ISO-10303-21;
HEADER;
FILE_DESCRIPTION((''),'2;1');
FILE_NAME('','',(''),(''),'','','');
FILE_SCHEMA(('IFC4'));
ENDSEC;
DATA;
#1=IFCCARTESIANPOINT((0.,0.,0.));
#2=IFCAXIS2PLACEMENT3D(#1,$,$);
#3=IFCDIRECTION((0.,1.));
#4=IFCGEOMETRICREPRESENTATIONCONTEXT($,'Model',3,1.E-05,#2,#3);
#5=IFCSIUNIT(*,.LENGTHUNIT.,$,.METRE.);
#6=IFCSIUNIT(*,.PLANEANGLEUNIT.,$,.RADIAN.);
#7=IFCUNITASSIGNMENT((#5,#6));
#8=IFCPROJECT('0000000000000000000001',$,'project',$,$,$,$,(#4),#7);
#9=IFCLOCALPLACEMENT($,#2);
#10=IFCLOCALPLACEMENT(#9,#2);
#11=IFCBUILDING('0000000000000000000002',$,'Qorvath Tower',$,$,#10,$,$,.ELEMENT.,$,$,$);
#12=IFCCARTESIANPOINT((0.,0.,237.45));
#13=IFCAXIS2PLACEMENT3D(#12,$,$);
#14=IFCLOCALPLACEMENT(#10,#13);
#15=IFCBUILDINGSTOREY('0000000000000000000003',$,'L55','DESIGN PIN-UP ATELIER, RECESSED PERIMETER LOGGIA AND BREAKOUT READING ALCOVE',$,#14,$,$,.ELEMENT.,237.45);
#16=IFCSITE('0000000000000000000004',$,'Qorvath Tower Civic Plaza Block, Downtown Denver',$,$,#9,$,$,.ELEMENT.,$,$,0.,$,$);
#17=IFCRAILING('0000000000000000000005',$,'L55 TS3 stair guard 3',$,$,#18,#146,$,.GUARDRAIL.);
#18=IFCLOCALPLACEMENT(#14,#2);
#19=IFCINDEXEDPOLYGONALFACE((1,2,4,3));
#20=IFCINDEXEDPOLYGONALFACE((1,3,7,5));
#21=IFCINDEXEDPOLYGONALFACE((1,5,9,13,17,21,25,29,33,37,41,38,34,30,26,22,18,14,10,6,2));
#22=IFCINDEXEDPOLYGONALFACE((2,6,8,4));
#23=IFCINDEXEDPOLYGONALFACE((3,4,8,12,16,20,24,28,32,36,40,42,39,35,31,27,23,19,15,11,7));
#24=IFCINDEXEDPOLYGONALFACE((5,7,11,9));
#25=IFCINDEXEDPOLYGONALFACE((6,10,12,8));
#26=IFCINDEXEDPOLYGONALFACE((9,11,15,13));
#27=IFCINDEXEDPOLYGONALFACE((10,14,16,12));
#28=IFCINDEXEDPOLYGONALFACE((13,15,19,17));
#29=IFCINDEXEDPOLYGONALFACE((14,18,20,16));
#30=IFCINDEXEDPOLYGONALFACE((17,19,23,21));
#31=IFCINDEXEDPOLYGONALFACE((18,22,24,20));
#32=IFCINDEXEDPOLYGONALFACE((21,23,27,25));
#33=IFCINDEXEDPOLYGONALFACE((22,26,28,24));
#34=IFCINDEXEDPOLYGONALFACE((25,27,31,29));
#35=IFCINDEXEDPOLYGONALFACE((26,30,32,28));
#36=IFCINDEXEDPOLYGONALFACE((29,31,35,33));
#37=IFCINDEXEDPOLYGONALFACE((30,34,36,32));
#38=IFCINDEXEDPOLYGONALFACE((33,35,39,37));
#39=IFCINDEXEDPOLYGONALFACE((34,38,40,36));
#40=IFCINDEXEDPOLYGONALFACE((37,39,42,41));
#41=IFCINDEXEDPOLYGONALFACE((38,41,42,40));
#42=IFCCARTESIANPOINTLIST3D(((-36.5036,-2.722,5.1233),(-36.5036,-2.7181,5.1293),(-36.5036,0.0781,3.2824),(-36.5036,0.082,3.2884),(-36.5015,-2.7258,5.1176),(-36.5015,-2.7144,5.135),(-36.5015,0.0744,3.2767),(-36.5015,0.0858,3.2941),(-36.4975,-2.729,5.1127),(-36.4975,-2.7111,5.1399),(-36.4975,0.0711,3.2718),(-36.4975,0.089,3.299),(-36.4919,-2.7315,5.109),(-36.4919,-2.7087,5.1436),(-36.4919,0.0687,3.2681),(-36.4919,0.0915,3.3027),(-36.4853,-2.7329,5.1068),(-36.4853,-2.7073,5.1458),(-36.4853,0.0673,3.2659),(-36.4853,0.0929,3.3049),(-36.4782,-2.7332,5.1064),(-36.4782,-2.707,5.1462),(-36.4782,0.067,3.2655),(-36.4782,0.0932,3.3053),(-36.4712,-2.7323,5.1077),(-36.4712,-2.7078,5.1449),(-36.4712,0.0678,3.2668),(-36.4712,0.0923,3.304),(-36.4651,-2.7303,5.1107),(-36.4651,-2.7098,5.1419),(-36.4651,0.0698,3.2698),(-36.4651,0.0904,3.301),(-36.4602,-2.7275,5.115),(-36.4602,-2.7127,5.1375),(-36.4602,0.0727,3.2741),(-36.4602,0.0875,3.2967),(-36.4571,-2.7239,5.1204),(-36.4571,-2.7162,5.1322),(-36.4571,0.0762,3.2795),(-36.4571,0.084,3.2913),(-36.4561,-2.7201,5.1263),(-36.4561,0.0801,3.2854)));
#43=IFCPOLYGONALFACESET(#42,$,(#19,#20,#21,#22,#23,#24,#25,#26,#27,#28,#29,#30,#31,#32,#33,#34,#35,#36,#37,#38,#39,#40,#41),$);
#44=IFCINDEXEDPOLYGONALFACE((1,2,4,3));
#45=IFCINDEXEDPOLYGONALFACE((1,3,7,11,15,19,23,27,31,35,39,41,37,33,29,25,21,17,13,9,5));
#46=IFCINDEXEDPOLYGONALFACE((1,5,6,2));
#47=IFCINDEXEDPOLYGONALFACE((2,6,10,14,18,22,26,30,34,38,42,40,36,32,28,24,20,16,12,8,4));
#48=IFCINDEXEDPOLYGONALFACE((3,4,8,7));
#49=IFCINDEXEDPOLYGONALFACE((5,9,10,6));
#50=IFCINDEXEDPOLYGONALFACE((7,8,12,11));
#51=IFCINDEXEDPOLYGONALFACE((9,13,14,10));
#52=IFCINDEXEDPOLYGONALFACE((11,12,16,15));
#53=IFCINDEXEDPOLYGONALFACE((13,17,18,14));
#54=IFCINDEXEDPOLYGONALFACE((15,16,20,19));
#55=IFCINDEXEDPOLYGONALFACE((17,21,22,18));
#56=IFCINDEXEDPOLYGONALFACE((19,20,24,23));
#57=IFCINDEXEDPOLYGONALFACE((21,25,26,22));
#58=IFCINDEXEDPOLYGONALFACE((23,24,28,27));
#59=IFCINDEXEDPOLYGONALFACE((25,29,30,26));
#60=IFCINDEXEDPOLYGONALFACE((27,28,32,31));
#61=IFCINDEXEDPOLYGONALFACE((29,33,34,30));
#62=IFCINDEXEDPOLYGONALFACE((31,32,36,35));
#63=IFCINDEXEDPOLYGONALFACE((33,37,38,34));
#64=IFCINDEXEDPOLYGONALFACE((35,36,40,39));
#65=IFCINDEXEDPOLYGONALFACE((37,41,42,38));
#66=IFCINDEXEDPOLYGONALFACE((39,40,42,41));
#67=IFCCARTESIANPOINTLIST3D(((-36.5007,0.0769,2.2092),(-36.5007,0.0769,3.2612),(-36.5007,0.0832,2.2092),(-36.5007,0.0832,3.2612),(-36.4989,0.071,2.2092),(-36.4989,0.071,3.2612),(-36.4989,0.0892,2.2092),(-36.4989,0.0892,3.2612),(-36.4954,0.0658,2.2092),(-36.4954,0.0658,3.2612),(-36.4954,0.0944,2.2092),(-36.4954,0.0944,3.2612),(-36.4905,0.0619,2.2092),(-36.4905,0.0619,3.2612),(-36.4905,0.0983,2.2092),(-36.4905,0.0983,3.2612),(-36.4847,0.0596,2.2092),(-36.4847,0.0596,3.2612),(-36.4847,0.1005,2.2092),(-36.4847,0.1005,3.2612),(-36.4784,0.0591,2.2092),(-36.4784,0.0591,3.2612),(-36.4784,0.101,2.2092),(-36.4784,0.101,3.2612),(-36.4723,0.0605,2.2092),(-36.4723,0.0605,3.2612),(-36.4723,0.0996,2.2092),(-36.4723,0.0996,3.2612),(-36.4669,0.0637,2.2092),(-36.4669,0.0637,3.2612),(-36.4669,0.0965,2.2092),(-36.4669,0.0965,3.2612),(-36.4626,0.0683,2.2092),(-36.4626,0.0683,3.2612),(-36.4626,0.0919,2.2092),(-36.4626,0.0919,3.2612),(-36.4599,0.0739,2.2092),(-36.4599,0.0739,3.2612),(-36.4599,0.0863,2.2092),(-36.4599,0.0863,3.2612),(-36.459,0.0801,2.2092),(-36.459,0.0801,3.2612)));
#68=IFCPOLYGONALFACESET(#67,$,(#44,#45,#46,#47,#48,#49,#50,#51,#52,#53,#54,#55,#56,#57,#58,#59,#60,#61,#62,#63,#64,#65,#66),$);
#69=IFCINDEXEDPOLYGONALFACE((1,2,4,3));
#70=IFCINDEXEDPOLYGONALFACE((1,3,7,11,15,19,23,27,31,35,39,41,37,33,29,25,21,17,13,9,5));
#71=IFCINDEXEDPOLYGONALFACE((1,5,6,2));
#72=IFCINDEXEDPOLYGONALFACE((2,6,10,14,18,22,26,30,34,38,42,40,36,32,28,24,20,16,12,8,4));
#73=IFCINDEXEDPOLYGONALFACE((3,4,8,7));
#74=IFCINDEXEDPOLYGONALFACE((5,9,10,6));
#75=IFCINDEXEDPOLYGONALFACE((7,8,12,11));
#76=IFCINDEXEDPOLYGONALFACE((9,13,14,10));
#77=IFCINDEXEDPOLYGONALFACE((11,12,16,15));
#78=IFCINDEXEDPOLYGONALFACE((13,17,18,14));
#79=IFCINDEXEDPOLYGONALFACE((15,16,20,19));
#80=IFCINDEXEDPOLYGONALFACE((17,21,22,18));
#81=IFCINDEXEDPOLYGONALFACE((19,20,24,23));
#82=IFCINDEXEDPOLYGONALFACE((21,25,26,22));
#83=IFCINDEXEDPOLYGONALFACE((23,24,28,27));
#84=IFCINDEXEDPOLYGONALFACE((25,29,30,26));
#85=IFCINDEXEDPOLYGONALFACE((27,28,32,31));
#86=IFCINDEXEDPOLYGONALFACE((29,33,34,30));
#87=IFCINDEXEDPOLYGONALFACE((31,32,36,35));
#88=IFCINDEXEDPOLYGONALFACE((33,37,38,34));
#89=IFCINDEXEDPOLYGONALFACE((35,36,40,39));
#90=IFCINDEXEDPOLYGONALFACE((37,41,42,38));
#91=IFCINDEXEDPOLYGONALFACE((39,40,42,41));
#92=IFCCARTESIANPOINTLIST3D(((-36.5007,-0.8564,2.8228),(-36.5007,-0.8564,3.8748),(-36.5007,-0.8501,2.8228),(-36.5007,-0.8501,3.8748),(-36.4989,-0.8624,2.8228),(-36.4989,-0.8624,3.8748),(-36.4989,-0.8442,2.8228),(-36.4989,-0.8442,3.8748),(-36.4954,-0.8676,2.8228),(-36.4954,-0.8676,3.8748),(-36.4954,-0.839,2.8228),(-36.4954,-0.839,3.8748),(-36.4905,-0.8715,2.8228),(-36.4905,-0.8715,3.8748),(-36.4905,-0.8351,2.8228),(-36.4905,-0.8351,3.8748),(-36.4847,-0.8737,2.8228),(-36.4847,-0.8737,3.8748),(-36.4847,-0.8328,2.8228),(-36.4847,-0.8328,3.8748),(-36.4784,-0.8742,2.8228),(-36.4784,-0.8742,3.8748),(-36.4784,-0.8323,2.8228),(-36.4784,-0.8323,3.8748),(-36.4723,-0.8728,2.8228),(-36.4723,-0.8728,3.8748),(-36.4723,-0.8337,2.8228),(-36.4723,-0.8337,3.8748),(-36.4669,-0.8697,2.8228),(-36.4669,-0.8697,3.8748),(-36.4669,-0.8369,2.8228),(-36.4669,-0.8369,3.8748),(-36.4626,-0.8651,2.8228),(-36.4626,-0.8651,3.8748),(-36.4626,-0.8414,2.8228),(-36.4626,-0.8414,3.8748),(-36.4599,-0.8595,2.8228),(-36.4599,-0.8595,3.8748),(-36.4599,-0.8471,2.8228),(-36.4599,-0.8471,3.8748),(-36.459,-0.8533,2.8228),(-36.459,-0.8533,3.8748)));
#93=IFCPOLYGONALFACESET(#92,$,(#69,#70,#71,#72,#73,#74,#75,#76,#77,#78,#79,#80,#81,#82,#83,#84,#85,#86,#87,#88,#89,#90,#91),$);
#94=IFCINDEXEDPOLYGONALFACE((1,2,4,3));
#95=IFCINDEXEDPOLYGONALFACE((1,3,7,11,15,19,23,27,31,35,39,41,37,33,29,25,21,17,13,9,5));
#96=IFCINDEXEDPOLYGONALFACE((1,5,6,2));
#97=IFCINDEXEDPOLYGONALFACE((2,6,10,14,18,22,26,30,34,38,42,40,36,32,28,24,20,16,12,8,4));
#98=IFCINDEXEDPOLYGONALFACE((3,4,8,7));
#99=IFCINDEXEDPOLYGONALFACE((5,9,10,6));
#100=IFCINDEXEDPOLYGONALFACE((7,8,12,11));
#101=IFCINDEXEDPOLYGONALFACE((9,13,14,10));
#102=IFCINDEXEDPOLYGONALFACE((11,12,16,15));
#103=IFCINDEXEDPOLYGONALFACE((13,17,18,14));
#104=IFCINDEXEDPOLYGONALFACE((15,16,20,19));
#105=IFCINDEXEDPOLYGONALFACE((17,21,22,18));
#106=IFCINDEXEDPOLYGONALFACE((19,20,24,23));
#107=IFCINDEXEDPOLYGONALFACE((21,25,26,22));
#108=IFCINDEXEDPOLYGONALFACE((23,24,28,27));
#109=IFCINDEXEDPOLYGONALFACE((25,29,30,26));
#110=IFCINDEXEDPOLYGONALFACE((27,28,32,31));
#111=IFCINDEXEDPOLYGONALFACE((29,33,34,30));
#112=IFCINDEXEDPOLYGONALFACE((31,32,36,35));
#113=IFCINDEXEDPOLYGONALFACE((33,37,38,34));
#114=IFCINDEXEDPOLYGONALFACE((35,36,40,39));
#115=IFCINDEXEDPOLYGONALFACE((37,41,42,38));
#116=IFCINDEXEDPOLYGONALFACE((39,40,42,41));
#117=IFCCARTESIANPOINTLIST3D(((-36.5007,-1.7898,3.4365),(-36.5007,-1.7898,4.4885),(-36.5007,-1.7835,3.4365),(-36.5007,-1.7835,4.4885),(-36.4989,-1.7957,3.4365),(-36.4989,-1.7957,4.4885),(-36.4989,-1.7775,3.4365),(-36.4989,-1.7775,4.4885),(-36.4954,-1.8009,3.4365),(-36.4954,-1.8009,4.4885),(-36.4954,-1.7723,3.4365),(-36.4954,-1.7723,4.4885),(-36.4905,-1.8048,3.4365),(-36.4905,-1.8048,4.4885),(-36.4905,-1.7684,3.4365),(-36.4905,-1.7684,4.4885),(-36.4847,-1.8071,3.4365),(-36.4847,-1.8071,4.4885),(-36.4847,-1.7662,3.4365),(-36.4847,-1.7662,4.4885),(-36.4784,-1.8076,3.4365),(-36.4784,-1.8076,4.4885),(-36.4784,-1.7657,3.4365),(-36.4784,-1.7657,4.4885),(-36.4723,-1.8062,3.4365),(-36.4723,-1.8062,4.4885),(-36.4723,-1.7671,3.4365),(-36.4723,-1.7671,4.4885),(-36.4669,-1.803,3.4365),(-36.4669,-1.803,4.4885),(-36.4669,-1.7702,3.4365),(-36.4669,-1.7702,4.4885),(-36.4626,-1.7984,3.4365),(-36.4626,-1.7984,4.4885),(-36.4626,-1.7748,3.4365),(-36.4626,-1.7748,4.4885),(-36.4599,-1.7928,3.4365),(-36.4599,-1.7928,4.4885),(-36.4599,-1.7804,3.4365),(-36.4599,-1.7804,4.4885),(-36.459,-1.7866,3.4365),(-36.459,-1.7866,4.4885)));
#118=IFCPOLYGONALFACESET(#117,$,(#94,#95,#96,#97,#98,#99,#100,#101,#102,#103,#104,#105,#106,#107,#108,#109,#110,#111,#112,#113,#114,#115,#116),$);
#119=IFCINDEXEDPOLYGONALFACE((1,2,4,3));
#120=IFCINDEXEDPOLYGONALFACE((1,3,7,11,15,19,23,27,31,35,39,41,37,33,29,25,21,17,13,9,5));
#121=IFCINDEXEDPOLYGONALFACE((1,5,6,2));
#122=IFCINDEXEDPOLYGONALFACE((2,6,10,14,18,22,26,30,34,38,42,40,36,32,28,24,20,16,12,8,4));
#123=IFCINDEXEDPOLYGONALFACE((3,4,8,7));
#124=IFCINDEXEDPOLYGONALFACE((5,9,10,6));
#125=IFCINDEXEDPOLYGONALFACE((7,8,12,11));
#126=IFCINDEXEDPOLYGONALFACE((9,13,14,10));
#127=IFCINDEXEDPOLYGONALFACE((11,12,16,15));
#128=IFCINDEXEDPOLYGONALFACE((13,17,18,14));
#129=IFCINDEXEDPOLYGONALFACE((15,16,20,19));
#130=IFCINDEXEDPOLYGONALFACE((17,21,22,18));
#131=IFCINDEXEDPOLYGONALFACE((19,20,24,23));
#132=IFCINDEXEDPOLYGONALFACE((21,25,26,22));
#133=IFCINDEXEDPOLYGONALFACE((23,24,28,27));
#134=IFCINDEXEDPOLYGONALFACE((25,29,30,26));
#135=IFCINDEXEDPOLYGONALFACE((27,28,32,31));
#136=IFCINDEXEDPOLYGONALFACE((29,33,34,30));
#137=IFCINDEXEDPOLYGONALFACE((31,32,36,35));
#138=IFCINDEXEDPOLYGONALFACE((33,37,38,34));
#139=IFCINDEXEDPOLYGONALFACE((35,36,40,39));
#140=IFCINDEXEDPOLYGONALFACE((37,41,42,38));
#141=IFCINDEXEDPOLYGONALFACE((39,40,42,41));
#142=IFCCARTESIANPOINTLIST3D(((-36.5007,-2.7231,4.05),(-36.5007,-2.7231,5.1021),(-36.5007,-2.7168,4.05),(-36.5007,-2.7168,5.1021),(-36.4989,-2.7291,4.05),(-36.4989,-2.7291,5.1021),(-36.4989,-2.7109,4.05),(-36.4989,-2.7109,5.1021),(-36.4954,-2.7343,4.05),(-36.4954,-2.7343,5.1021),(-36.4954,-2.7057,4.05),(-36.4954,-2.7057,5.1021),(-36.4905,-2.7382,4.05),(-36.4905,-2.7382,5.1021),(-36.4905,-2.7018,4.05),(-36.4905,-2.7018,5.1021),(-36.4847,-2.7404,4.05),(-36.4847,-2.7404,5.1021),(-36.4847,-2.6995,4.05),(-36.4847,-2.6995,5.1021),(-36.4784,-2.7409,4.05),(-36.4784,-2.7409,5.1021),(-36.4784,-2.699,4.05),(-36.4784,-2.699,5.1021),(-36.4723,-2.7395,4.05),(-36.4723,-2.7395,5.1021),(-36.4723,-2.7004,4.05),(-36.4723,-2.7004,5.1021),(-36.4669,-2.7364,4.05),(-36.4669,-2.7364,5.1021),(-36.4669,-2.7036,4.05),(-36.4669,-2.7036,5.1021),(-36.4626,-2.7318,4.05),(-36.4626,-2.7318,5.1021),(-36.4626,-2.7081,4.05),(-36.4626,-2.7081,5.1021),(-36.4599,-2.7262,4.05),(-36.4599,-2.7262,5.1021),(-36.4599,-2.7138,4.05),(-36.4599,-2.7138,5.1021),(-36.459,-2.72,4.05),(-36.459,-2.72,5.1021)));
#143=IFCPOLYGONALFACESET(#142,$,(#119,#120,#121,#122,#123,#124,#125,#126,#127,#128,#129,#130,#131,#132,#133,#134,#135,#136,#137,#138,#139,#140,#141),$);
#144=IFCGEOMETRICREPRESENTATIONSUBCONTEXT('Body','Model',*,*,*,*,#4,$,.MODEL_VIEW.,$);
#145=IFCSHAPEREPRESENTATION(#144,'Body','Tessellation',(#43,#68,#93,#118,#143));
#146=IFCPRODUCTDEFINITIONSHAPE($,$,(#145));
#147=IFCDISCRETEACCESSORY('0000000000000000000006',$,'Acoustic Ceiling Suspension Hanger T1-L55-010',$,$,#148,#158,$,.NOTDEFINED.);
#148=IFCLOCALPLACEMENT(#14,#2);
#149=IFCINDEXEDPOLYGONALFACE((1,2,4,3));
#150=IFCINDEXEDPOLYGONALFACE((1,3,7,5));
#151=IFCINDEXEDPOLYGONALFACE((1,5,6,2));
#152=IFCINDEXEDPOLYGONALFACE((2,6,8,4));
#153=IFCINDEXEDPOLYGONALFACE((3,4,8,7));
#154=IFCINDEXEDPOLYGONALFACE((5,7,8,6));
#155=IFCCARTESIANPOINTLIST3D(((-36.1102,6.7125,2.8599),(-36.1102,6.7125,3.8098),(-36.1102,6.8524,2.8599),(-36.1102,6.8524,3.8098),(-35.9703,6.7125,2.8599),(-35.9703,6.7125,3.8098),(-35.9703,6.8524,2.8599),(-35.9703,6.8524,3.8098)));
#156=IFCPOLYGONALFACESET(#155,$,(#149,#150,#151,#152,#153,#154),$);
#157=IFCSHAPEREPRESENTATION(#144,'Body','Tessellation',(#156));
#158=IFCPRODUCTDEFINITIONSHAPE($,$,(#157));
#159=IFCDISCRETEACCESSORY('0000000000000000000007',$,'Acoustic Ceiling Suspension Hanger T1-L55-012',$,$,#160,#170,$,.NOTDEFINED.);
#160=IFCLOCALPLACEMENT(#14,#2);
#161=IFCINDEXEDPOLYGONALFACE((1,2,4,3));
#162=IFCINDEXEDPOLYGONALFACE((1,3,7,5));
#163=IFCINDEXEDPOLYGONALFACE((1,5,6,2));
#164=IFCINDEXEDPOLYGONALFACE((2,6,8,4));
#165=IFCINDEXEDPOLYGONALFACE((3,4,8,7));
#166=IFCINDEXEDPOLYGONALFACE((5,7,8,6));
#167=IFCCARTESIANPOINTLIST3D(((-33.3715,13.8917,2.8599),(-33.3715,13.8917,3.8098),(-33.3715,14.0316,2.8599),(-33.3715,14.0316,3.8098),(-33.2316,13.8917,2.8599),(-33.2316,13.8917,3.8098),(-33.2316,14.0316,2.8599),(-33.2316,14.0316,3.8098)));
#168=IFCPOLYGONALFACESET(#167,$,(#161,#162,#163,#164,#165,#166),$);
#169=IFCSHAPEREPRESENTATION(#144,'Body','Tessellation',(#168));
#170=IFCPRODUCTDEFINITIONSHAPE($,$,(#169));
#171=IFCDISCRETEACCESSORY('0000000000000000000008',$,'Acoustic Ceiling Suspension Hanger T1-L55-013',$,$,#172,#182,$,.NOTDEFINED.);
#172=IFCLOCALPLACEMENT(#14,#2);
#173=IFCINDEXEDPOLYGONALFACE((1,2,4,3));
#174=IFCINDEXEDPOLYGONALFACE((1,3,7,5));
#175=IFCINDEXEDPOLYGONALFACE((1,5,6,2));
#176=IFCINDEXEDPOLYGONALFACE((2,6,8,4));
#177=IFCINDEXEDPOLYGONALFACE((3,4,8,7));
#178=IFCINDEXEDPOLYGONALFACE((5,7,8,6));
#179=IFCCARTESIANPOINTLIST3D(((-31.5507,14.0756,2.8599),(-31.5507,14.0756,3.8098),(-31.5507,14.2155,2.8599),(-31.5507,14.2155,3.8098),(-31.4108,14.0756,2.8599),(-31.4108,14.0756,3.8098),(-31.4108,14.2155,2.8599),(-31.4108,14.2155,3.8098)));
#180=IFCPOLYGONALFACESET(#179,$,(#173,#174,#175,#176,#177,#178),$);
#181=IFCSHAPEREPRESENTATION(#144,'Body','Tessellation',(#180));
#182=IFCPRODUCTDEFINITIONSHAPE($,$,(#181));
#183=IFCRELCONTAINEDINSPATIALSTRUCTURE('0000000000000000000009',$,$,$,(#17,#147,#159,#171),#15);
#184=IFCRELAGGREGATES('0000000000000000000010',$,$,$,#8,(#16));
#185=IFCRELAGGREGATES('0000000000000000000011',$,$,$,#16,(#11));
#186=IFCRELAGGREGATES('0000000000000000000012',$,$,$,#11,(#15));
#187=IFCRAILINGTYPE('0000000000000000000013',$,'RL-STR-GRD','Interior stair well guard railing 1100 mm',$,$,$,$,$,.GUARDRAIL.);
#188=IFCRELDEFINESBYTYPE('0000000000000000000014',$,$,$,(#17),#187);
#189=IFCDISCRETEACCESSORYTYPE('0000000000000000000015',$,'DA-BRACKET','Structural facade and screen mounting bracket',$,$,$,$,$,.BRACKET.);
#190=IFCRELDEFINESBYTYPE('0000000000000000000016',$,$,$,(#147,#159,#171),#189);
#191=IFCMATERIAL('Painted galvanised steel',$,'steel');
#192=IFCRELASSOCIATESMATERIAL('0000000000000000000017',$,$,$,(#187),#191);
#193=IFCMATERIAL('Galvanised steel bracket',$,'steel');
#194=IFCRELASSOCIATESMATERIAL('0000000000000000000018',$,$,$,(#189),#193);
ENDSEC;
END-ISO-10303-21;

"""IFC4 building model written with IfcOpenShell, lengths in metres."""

from ifc_helpers import new_model, si_unit, direction, frame, origin, origin_2d, place, context, subcontext, project, spatial, rectangle, circle, extrude, material, type_object, element, save


model = new_model("IFC4")

# Units and contexts
model_context = context("Model", 3, precision=1e-05, world=origin(), true_north=direction((0.0, 1.0)))
body_context = subcontext(model_context, "Body", "Model", "MODEL_VIEW")
ifc_project = project(units=[si_unit("LENGTHUNIT", "METRE"), si_unit("PLANEANGLEUNIT", "RADIAN")], contexts=[model_context])

# Site, building, storey
site_placement = place(None, origin())
site = spatial("IfcSite", under=ifc_project, at=site_placement, Name="Qorvath Tower Civic Plaza Block, Downtown Denver", CompositionType="ELEMENT", RefElevation=0.0)
building_placement = place(site_placement, origin())
building = spatial("IfcBuilding", under=site, at=building_placement, Name="Qorvath Tower", CompositionType="ELEMENT")
storey_placement = place(building_placement, frame((0.0, 0.0, 237.45)))
storey = spatial("IfcBuildingStorey", under=building, at=storey_placement, Name="L55", Description="DESIGN PIN-UP ATELIER, RECESSED PERIMETER LOGGIA AND BREAKOUT READING ALCOVE", CompositionType="ELEMENT", Elevation=237.45)

# Railing
ifc_material_1 = material(Name="Painted galvanised steel", Category="steel")
railing_type = type_object("IfcRailingType", Name="RL-STR-GRD", Description="Interior stair well guard railing 1100 mm", PredefinedType="GUARDRAIL", material=ifc_material_1)
railing_1_placement = place(storey_placement, frame((-36.48, 0.0801, 2.2092)))
element("IfcRailing", 1, at=railing_1_placement, inside=storey, type_object=railing_type, Name="L55 TS3 stair guard 3", PredefinedType="GUARDRAIL", context=body_context, shape_type="SweptSolid", body=[
    extrude(circle(Radius=0.0239, at=origin_2d()), frame((0.0, 0.0, 1.0762), z_axis=(0.0, -0.835598, 0.549342), x_axis=(1.0, 0.0, 0.0)), (0.0, 0.0, 1.0), 3.3511),
    extrude(circle(Radius=0.021, at=origin_2d()), origin(), (0.0, 0.0, 1.0), 1.052),
    extrude(circle(Radius=0.021, at=origin_2d()), frame((0.0, -0.9333, 0.6135)), (0.0, 0.0, 1.0), 1.052),
    extrude(circle(Radius=0.021, at=origin_2d()), frame((0.0, -1.8667, 1.2273)), (0.0, 0.0, 1.0), 1.052),
    extrude(circle(Radius=0.021, at=origin_2d()), frame((0.0, -2.8, 1.8408)), (0.0, 0.0, 1.0), 1.052),
])

# Discrete accessories
ifc_material_2 = material(Name="Galvanised steel bracket", Category="steel")
discrete_accessory_type = type_object("IfcDiscreteAccessoryType", Name="DA-BRACKET", Description="Structural facade and screen mounting bracket", PredefinedType="BRACKET", material=ifc_material_2)
for number, where, z_axis, x_axis, name in (
    (2, (-36.0403, 6.7825, 2.8599), (0.0, 0.0, 1.0), (1.0, 0.0, 0.0), "Acoustic Ceiling Suspension Hanger T1-L55-010"),
    (3, (-33.3015, 13.9617, 2.8599), (0.0, 0.0, 1.0), (1.0, 0.0, 0.0), "Acoustic Ceiling Suspension Hanger T1-L55-012"),
    (4, (-31.4807, 14.1455, 2.8599), (0.0, 0.0, 1.0), (1.0, 0.0, 0.0), "Acoustic Ceiling Suspension Hanger T1-L55-013"),
):
    element("IfcDiscreteAccessory", number, at=place(storey_placement, frame(where, z_axis=z_axis, x_axis=x_axis)), inside=storey, type_object=discrete_accessory_type, Name=name, PredefinedType="NOTDEFINED", context=body_context, shape_type="SweptSolid", body=[
        extrude(rectangle(XDim=0.1399, YDim=0.1399, at=origin_2d()), origin(), (0.0, 0.0, 1.0), 0.95),
    ])

save(model, "model.ifc")
